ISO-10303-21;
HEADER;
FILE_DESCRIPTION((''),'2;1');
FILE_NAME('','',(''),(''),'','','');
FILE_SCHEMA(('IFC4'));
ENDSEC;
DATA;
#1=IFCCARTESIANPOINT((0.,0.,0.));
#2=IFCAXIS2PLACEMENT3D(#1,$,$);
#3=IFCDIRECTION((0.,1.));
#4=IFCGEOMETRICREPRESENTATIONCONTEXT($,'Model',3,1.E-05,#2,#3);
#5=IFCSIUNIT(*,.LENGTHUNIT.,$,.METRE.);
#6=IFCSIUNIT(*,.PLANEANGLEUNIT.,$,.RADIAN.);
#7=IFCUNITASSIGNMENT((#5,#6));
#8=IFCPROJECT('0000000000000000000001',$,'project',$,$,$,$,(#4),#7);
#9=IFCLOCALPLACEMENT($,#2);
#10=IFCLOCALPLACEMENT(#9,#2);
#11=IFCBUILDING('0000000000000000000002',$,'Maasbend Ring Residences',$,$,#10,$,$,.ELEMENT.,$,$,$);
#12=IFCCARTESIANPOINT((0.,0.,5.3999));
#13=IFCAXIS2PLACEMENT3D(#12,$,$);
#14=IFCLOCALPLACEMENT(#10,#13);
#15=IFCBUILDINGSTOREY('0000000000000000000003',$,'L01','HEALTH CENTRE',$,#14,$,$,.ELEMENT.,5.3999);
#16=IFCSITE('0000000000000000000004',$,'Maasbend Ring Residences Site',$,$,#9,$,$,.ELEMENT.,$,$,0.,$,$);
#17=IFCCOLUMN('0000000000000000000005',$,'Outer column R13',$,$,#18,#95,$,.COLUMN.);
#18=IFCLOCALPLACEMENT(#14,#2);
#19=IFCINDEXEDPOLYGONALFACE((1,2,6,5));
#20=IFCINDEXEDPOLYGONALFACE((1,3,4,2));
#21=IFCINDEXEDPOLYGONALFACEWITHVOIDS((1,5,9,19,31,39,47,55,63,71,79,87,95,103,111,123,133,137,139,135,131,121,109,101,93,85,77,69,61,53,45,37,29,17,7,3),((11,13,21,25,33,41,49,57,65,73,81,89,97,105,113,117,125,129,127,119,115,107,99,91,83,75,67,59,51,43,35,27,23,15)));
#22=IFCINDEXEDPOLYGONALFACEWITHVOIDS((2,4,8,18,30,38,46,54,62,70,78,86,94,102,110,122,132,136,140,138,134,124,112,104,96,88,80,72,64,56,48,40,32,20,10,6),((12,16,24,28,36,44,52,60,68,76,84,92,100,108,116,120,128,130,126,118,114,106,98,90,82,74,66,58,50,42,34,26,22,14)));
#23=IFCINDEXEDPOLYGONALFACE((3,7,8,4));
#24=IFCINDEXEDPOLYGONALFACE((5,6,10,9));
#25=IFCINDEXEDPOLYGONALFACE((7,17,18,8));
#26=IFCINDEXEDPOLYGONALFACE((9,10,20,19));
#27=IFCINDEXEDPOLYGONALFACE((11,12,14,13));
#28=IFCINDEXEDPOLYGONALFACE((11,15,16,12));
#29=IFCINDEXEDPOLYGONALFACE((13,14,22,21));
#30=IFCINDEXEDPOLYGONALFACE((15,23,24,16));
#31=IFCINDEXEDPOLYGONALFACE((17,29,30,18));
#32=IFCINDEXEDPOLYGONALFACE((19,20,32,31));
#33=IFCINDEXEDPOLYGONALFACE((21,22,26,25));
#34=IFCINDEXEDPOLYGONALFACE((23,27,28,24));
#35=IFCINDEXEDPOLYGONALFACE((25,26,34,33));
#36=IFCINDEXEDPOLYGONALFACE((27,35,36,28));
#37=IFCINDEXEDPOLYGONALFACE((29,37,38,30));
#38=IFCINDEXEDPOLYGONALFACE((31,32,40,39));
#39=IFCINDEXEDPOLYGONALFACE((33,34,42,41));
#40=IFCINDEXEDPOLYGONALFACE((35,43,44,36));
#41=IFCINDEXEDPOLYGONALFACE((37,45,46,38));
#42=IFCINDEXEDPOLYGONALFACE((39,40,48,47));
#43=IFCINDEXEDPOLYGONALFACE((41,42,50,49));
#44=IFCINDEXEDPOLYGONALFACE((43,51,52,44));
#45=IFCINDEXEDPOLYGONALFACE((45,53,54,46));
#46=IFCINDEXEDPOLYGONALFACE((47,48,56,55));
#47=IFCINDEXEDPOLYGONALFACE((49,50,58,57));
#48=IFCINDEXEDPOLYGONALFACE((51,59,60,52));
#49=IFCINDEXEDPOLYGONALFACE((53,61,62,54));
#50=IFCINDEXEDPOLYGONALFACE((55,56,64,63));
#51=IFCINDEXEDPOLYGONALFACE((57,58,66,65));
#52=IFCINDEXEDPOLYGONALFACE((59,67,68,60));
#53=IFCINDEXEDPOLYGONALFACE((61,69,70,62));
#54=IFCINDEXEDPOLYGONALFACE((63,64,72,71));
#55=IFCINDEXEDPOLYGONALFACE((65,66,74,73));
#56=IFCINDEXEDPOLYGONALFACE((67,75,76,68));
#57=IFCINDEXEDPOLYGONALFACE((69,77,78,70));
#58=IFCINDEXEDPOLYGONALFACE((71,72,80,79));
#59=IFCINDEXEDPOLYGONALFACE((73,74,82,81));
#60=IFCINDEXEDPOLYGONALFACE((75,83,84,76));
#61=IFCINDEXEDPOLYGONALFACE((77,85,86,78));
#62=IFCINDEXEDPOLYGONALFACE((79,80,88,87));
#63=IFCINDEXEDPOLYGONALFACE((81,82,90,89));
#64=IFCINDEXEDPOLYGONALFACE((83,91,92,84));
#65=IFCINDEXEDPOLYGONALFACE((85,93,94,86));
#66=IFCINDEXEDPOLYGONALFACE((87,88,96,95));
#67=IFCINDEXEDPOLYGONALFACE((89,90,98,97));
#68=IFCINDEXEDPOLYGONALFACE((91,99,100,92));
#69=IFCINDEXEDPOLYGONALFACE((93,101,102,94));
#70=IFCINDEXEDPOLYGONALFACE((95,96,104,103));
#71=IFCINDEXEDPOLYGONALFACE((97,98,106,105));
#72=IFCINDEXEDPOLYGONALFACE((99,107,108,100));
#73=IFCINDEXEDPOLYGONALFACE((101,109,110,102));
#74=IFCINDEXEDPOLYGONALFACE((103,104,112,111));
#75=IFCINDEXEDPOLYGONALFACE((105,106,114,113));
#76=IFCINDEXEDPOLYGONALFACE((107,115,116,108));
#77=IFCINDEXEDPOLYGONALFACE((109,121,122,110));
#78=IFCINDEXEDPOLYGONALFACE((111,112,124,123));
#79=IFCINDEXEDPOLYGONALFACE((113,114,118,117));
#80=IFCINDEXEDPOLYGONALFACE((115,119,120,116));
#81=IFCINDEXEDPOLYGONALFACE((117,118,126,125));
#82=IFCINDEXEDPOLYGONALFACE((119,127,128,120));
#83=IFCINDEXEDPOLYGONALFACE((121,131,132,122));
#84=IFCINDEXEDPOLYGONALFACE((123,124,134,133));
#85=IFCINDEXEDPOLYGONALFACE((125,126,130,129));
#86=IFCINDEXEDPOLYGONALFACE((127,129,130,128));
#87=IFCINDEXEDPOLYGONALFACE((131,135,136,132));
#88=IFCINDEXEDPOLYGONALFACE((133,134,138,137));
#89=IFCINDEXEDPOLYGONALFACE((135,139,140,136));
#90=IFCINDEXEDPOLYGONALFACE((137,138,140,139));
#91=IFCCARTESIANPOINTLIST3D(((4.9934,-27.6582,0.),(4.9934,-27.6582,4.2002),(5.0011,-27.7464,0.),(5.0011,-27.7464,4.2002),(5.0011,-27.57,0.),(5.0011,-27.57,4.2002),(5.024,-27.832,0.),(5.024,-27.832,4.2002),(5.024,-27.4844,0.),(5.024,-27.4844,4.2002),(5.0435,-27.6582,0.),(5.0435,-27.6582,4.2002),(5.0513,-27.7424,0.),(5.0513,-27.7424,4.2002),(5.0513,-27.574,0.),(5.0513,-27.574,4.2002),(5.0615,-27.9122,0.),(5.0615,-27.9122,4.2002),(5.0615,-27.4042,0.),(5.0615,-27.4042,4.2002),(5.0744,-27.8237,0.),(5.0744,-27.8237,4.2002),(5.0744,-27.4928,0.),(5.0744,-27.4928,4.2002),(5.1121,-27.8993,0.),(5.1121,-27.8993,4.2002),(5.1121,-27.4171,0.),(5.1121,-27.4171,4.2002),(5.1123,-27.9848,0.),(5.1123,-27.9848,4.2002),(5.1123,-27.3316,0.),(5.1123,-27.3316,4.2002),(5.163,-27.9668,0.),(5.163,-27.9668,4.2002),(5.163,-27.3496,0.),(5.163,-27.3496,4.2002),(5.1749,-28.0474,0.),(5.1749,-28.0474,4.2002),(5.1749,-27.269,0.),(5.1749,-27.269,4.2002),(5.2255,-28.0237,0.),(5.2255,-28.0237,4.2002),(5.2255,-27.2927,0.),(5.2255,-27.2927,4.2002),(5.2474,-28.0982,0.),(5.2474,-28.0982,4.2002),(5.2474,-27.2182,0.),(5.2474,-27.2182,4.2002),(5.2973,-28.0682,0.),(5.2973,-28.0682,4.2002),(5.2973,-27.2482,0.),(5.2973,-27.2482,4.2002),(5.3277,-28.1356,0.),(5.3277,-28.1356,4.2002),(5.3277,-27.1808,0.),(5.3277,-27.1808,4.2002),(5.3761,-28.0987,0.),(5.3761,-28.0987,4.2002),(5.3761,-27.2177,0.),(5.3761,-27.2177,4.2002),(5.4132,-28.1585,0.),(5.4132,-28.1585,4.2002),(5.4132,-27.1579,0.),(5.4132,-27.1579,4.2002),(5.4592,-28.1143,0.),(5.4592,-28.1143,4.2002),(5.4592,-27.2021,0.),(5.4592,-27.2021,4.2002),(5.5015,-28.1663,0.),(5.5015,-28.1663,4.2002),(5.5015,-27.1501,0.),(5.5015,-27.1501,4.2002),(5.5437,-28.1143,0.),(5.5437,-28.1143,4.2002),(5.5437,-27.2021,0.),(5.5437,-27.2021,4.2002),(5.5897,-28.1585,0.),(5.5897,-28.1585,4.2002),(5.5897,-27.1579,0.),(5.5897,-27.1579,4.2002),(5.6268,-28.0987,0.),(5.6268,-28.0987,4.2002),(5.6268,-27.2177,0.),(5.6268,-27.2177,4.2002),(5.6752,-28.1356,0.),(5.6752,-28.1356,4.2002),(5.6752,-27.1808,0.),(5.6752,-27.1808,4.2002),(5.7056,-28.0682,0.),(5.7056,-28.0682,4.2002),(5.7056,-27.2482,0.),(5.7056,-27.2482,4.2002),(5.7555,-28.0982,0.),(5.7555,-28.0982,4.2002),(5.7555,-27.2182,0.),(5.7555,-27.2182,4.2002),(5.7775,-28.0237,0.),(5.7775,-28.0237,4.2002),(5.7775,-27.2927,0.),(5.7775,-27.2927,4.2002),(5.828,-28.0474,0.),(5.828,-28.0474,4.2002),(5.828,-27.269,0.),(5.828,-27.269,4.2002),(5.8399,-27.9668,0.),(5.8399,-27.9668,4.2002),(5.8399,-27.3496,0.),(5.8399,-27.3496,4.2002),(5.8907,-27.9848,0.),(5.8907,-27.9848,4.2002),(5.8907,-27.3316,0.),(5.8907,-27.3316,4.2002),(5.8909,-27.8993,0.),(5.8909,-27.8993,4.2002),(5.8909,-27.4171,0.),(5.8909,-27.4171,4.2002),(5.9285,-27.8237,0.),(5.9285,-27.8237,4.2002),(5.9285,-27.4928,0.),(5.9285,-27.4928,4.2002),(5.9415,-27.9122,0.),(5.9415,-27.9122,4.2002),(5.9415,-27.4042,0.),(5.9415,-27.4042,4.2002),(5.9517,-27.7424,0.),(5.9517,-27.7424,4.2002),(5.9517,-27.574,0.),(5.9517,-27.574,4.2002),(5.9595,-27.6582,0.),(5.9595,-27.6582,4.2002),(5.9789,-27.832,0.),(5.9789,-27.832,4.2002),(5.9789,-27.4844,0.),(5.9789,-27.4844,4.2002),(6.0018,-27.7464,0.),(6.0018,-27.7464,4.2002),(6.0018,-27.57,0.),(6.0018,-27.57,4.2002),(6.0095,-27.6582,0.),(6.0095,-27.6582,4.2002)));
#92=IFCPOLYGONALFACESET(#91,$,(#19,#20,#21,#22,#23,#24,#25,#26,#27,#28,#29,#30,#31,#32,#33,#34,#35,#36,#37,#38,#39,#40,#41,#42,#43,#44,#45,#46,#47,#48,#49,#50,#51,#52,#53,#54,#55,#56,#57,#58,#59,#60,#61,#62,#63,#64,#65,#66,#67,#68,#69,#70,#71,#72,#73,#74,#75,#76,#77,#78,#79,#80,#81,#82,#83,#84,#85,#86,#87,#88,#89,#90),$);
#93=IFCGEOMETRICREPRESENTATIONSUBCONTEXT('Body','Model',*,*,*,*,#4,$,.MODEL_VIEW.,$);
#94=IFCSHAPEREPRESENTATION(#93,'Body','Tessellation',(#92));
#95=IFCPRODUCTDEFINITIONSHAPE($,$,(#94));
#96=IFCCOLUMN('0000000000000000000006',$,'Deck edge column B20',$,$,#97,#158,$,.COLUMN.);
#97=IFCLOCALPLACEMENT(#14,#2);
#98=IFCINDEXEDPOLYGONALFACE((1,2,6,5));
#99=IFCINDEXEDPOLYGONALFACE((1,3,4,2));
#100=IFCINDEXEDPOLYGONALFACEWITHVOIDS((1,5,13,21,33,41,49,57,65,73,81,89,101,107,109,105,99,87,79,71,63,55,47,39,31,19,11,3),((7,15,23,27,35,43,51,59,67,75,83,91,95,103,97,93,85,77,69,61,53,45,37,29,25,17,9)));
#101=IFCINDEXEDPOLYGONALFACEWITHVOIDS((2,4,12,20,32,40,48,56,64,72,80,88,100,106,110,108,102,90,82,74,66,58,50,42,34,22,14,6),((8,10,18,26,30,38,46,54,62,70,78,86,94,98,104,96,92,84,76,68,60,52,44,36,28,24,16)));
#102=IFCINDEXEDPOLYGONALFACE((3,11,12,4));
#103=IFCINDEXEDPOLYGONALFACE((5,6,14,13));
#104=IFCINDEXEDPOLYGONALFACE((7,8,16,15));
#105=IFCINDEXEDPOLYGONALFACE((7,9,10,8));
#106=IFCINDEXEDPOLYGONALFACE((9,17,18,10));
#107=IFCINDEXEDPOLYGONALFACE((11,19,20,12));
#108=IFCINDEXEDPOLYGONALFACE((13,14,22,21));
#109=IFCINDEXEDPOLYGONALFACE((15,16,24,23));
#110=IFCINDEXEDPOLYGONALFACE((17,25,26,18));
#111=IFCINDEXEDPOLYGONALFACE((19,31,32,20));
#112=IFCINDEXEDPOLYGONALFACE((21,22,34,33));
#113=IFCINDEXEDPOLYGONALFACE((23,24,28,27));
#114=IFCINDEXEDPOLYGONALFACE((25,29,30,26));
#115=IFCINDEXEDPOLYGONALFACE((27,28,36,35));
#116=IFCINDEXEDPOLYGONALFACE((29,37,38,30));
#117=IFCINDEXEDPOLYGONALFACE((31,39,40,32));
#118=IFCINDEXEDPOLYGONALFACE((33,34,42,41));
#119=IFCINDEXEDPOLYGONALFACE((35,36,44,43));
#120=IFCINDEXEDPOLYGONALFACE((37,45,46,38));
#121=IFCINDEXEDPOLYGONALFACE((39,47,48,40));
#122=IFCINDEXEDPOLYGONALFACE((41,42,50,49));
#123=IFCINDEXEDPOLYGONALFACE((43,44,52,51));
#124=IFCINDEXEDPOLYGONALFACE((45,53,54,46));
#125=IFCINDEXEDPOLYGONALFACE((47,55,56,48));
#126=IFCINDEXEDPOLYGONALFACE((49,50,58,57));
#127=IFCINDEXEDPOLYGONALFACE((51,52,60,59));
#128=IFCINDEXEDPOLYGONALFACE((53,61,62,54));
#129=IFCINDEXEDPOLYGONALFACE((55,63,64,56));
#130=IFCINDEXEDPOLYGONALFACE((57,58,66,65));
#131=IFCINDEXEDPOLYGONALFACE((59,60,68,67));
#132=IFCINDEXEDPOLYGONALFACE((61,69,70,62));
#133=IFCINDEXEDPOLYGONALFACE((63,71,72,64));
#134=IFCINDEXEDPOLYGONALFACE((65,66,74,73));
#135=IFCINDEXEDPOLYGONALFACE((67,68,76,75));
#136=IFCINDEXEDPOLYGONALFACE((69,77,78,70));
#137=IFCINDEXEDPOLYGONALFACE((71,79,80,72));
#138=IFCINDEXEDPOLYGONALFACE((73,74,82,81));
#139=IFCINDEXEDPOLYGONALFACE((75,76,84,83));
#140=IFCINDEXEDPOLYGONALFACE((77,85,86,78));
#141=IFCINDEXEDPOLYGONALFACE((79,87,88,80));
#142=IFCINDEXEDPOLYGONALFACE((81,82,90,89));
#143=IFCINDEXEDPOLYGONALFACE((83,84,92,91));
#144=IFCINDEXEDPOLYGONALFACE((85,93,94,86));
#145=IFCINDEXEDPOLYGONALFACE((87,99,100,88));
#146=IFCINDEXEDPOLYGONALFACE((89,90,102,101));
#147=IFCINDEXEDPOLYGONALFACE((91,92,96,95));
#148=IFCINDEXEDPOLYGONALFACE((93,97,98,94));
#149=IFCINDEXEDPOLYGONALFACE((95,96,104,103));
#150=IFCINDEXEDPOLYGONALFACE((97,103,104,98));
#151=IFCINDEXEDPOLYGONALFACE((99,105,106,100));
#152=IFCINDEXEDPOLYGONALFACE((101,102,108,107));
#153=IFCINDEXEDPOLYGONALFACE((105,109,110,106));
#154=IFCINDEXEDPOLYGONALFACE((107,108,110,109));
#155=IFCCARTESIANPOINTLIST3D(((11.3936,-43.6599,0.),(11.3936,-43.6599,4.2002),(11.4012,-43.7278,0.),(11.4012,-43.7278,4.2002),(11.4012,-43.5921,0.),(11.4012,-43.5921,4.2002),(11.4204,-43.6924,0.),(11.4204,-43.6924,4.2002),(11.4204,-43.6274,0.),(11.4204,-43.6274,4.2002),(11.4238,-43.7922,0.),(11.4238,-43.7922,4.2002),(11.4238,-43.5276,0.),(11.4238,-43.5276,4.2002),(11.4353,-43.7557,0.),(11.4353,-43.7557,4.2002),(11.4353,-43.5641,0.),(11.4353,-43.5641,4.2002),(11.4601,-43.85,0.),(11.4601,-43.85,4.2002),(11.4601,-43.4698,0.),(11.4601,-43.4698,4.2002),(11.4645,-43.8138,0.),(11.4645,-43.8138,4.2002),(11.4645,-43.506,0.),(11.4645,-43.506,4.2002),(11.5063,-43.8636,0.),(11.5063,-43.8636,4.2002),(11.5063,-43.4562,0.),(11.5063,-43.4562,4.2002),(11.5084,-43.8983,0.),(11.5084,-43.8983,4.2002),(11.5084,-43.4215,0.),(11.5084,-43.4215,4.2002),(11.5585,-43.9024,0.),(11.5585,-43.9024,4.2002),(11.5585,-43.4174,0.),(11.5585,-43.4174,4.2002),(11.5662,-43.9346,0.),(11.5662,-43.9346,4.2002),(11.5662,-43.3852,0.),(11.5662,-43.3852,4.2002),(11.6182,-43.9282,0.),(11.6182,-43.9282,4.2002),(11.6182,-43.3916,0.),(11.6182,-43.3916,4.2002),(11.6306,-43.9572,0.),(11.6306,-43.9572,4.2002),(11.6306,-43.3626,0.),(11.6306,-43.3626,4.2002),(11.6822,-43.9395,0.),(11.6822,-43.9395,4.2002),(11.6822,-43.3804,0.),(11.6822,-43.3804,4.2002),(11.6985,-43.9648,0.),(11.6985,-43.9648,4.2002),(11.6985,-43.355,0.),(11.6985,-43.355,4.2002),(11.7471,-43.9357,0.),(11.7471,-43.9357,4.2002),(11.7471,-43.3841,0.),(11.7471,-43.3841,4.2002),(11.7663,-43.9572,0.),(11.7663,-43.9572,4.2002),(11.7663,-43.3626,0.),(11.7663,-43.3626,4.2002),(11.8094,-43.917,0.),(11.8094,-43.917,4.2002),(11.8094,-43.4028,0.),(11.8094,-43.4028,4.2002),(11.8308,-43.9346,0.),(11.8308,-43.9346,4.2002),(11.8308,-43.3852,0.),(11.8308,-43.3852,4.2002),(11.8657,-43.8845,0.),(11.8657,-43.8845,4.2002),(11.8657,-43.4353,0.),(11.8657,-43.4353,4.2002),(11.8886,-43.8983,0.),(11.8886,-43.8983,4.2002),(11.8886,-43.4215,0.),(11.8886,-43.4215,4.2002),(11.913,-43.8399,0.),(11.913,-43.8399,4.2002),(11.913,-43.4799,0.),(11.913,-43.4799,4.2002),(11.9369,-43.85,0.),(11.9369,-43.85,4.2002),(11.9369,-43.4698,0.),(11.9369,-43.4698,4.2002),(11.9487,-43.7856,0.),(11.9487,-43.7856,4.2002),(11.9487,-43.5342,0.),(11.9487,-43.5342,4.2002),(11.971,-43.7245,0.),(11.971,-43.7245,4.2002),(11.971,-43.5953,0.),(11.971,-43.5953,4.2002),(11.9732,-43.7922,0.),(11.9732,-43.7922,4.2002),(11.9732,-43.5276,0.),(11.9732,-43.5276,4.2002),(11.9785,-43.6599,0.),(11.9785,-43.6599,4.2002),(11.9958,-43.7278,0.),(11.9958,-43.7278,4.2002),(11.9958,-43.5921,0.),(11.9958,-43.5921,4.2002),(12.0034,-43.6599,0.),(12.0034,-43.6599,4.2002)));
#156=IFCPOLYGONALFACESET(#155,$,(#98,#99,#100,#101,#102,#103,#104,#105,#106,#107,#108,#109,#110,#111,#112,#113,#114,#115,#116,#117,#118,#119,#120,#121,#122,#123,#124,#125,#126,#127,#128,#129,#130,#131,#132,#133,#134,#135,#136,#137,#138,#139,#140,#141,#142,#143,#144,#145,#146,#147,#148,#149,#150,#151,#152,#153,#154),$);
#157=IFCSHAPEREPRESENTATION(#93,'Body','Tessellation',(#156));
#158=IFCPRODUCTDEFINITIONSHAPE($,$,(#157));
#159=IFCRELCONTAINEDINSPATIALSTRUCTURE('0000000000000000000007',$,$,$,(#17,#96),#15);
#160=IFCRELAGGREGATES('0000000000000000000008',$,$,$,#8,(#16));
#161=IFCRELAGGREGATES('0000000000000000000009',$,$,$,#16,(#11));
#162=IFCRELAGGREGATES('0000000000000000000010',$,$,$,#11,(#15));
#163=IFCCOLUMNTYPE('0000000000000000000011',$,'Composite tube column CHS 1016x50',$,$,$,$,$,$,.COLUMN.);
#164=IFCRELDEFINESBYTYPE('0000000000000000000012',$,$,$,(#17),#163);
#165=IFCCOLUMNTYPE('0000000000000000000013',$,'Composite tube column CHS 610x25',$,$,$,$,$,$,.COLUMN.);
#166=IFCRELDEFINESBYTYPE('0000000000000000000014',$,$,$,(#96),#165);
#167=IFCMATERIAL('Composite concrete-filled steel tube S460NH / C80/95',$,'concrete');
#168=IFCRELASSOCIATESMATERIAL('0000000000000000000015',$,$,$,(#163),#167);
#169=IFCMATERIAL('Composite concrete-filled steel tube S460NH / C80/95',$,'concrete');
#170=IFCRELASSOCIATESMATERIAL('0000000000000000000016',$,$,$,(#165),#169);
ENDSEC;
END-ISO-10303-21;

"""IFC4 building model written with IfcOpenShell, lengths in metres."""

from ifc_helpers import new_model, si_unit, direction, frame, origin, origin_2d, place, context, subcontext, project, spatial, hollow_circle, extrude, material, material_profile, profile_set, type_object, element, save


model = new_model("IFC4")

# Units and contexts
model_context = context("Model", 3, precision=1e-05, world=origin(), true_north=direction((0.0, 1.0)))
body_context = subcontext(model_context, "Body", "Model", "MODEL_VIEW")
ifc_project = project(units=[si_unit("LENGTHUNIT", "METRE"), si_unit("PLANEANGLEUNIT", "RADIAN")], contexts=[model_context])

# Site, building, storey
site_placement = place(None, origin())
site = spatial("IfcSite", under=ifc_project, at=site_placement, Name="Maasbend Ring Residences Site", CompositionType="ELEMENT", RefElevation=0.0)
building_placement = place(site_placement, origin())
building = spatial("IfcBuilding", under=site, at=building_placement, Name="Maasbend Ring Residences", CompositionType="ELEMENT")
storey_placement = place(building_placement, frame((0.0, 0.0, 5.3999)))
storey = spatial("IfcBuildingStorey", under=building, at=storey_placement, Name="L01", Description="HEALTH CENTRE", CompositionType="ELEMENT", Elevation=5.3999)

# Columns
ifc_material_1 = material(Name="Composite concrete-filled steel tube S460NH / C80/95", Category="concrete")
ifc_material_profile_1 = material_profile(ifc_material_1, hollow_circle(Radius=0.5081, WallThickness=0.05, at=origin_2d()), Name="Composite tube column CHS 1016x50")
ifc_profile_set_1 = profile_set([ifc_material_profile_1], Name="Composite concrete-filled steel tube S460NH / C80/95")
column_type_1 = type_object("IfcColumnType", Name="Composite tube column CHS 1016x50", PredefinedType="COLUMN", material=ifc_profile_set_1)
column_1_placement = place(storey_placement, frame((5.5015, -27.6582, 0.0), z_axis=(0.0, 0.0, 1.0), x_axis=(1.0, 0.0, 0.0)))
element("IfcColumn", 1, at=column_1_placement, inside=storey, type_object=column_type_1, Name="Outer column R13", PredefinedType="COLUMN", context=body_context, shape_type="SweptSolid", body=[
    extrude(hollow_circle(Radius=0.5081, WallThickness=0.05, at=origin_2d()), origin(), (0.0, 0.0, 1.0), 4.2002),
])
ifc_material_2 = material(Name="Composite concrete-filled steel tube S460NH / C80/95", Category="concrete")
ifc_material_profile_2 = material_profile(ifc_material_2, hollow_circle(Radius=0.3049, WallThickness=0.0249, at=origin_2d()), Name="Composite tube column CHS 610x25")
ifc_profile_set_2 = profile_set([ifc_material_profile_2], Name="Composite concrete-filled steel tube S460NH / C80/95")
column_type_2 = type_object("IfcColumnType", Name="Composite tube column CHS 610x25", PredefinedType="COLUMN", material=ifc_profile_set_2)
column_2_placement = place(storey_placement, frame((11.6985, -43.6599, 0.0), z_axis=(0.0, 0.0, 1.0), x_axis=(1.0, 0.0, 0.0)))
element("IfcColumn", 2, at=column_2_placement, inside=storey, type_object=column_type_2, Name="Deck edge column B20", PredefinedType="COLUMN", context=body_context, shape_type="SweptSolid", body=[
    extrude(hollow_circle(Radius=0.3049, WallThickness=0.0249, at=origin_2d()), origin(), (0.0, 0.0, 1.0), 4.2002),
])

save(model, "model.ifc")
